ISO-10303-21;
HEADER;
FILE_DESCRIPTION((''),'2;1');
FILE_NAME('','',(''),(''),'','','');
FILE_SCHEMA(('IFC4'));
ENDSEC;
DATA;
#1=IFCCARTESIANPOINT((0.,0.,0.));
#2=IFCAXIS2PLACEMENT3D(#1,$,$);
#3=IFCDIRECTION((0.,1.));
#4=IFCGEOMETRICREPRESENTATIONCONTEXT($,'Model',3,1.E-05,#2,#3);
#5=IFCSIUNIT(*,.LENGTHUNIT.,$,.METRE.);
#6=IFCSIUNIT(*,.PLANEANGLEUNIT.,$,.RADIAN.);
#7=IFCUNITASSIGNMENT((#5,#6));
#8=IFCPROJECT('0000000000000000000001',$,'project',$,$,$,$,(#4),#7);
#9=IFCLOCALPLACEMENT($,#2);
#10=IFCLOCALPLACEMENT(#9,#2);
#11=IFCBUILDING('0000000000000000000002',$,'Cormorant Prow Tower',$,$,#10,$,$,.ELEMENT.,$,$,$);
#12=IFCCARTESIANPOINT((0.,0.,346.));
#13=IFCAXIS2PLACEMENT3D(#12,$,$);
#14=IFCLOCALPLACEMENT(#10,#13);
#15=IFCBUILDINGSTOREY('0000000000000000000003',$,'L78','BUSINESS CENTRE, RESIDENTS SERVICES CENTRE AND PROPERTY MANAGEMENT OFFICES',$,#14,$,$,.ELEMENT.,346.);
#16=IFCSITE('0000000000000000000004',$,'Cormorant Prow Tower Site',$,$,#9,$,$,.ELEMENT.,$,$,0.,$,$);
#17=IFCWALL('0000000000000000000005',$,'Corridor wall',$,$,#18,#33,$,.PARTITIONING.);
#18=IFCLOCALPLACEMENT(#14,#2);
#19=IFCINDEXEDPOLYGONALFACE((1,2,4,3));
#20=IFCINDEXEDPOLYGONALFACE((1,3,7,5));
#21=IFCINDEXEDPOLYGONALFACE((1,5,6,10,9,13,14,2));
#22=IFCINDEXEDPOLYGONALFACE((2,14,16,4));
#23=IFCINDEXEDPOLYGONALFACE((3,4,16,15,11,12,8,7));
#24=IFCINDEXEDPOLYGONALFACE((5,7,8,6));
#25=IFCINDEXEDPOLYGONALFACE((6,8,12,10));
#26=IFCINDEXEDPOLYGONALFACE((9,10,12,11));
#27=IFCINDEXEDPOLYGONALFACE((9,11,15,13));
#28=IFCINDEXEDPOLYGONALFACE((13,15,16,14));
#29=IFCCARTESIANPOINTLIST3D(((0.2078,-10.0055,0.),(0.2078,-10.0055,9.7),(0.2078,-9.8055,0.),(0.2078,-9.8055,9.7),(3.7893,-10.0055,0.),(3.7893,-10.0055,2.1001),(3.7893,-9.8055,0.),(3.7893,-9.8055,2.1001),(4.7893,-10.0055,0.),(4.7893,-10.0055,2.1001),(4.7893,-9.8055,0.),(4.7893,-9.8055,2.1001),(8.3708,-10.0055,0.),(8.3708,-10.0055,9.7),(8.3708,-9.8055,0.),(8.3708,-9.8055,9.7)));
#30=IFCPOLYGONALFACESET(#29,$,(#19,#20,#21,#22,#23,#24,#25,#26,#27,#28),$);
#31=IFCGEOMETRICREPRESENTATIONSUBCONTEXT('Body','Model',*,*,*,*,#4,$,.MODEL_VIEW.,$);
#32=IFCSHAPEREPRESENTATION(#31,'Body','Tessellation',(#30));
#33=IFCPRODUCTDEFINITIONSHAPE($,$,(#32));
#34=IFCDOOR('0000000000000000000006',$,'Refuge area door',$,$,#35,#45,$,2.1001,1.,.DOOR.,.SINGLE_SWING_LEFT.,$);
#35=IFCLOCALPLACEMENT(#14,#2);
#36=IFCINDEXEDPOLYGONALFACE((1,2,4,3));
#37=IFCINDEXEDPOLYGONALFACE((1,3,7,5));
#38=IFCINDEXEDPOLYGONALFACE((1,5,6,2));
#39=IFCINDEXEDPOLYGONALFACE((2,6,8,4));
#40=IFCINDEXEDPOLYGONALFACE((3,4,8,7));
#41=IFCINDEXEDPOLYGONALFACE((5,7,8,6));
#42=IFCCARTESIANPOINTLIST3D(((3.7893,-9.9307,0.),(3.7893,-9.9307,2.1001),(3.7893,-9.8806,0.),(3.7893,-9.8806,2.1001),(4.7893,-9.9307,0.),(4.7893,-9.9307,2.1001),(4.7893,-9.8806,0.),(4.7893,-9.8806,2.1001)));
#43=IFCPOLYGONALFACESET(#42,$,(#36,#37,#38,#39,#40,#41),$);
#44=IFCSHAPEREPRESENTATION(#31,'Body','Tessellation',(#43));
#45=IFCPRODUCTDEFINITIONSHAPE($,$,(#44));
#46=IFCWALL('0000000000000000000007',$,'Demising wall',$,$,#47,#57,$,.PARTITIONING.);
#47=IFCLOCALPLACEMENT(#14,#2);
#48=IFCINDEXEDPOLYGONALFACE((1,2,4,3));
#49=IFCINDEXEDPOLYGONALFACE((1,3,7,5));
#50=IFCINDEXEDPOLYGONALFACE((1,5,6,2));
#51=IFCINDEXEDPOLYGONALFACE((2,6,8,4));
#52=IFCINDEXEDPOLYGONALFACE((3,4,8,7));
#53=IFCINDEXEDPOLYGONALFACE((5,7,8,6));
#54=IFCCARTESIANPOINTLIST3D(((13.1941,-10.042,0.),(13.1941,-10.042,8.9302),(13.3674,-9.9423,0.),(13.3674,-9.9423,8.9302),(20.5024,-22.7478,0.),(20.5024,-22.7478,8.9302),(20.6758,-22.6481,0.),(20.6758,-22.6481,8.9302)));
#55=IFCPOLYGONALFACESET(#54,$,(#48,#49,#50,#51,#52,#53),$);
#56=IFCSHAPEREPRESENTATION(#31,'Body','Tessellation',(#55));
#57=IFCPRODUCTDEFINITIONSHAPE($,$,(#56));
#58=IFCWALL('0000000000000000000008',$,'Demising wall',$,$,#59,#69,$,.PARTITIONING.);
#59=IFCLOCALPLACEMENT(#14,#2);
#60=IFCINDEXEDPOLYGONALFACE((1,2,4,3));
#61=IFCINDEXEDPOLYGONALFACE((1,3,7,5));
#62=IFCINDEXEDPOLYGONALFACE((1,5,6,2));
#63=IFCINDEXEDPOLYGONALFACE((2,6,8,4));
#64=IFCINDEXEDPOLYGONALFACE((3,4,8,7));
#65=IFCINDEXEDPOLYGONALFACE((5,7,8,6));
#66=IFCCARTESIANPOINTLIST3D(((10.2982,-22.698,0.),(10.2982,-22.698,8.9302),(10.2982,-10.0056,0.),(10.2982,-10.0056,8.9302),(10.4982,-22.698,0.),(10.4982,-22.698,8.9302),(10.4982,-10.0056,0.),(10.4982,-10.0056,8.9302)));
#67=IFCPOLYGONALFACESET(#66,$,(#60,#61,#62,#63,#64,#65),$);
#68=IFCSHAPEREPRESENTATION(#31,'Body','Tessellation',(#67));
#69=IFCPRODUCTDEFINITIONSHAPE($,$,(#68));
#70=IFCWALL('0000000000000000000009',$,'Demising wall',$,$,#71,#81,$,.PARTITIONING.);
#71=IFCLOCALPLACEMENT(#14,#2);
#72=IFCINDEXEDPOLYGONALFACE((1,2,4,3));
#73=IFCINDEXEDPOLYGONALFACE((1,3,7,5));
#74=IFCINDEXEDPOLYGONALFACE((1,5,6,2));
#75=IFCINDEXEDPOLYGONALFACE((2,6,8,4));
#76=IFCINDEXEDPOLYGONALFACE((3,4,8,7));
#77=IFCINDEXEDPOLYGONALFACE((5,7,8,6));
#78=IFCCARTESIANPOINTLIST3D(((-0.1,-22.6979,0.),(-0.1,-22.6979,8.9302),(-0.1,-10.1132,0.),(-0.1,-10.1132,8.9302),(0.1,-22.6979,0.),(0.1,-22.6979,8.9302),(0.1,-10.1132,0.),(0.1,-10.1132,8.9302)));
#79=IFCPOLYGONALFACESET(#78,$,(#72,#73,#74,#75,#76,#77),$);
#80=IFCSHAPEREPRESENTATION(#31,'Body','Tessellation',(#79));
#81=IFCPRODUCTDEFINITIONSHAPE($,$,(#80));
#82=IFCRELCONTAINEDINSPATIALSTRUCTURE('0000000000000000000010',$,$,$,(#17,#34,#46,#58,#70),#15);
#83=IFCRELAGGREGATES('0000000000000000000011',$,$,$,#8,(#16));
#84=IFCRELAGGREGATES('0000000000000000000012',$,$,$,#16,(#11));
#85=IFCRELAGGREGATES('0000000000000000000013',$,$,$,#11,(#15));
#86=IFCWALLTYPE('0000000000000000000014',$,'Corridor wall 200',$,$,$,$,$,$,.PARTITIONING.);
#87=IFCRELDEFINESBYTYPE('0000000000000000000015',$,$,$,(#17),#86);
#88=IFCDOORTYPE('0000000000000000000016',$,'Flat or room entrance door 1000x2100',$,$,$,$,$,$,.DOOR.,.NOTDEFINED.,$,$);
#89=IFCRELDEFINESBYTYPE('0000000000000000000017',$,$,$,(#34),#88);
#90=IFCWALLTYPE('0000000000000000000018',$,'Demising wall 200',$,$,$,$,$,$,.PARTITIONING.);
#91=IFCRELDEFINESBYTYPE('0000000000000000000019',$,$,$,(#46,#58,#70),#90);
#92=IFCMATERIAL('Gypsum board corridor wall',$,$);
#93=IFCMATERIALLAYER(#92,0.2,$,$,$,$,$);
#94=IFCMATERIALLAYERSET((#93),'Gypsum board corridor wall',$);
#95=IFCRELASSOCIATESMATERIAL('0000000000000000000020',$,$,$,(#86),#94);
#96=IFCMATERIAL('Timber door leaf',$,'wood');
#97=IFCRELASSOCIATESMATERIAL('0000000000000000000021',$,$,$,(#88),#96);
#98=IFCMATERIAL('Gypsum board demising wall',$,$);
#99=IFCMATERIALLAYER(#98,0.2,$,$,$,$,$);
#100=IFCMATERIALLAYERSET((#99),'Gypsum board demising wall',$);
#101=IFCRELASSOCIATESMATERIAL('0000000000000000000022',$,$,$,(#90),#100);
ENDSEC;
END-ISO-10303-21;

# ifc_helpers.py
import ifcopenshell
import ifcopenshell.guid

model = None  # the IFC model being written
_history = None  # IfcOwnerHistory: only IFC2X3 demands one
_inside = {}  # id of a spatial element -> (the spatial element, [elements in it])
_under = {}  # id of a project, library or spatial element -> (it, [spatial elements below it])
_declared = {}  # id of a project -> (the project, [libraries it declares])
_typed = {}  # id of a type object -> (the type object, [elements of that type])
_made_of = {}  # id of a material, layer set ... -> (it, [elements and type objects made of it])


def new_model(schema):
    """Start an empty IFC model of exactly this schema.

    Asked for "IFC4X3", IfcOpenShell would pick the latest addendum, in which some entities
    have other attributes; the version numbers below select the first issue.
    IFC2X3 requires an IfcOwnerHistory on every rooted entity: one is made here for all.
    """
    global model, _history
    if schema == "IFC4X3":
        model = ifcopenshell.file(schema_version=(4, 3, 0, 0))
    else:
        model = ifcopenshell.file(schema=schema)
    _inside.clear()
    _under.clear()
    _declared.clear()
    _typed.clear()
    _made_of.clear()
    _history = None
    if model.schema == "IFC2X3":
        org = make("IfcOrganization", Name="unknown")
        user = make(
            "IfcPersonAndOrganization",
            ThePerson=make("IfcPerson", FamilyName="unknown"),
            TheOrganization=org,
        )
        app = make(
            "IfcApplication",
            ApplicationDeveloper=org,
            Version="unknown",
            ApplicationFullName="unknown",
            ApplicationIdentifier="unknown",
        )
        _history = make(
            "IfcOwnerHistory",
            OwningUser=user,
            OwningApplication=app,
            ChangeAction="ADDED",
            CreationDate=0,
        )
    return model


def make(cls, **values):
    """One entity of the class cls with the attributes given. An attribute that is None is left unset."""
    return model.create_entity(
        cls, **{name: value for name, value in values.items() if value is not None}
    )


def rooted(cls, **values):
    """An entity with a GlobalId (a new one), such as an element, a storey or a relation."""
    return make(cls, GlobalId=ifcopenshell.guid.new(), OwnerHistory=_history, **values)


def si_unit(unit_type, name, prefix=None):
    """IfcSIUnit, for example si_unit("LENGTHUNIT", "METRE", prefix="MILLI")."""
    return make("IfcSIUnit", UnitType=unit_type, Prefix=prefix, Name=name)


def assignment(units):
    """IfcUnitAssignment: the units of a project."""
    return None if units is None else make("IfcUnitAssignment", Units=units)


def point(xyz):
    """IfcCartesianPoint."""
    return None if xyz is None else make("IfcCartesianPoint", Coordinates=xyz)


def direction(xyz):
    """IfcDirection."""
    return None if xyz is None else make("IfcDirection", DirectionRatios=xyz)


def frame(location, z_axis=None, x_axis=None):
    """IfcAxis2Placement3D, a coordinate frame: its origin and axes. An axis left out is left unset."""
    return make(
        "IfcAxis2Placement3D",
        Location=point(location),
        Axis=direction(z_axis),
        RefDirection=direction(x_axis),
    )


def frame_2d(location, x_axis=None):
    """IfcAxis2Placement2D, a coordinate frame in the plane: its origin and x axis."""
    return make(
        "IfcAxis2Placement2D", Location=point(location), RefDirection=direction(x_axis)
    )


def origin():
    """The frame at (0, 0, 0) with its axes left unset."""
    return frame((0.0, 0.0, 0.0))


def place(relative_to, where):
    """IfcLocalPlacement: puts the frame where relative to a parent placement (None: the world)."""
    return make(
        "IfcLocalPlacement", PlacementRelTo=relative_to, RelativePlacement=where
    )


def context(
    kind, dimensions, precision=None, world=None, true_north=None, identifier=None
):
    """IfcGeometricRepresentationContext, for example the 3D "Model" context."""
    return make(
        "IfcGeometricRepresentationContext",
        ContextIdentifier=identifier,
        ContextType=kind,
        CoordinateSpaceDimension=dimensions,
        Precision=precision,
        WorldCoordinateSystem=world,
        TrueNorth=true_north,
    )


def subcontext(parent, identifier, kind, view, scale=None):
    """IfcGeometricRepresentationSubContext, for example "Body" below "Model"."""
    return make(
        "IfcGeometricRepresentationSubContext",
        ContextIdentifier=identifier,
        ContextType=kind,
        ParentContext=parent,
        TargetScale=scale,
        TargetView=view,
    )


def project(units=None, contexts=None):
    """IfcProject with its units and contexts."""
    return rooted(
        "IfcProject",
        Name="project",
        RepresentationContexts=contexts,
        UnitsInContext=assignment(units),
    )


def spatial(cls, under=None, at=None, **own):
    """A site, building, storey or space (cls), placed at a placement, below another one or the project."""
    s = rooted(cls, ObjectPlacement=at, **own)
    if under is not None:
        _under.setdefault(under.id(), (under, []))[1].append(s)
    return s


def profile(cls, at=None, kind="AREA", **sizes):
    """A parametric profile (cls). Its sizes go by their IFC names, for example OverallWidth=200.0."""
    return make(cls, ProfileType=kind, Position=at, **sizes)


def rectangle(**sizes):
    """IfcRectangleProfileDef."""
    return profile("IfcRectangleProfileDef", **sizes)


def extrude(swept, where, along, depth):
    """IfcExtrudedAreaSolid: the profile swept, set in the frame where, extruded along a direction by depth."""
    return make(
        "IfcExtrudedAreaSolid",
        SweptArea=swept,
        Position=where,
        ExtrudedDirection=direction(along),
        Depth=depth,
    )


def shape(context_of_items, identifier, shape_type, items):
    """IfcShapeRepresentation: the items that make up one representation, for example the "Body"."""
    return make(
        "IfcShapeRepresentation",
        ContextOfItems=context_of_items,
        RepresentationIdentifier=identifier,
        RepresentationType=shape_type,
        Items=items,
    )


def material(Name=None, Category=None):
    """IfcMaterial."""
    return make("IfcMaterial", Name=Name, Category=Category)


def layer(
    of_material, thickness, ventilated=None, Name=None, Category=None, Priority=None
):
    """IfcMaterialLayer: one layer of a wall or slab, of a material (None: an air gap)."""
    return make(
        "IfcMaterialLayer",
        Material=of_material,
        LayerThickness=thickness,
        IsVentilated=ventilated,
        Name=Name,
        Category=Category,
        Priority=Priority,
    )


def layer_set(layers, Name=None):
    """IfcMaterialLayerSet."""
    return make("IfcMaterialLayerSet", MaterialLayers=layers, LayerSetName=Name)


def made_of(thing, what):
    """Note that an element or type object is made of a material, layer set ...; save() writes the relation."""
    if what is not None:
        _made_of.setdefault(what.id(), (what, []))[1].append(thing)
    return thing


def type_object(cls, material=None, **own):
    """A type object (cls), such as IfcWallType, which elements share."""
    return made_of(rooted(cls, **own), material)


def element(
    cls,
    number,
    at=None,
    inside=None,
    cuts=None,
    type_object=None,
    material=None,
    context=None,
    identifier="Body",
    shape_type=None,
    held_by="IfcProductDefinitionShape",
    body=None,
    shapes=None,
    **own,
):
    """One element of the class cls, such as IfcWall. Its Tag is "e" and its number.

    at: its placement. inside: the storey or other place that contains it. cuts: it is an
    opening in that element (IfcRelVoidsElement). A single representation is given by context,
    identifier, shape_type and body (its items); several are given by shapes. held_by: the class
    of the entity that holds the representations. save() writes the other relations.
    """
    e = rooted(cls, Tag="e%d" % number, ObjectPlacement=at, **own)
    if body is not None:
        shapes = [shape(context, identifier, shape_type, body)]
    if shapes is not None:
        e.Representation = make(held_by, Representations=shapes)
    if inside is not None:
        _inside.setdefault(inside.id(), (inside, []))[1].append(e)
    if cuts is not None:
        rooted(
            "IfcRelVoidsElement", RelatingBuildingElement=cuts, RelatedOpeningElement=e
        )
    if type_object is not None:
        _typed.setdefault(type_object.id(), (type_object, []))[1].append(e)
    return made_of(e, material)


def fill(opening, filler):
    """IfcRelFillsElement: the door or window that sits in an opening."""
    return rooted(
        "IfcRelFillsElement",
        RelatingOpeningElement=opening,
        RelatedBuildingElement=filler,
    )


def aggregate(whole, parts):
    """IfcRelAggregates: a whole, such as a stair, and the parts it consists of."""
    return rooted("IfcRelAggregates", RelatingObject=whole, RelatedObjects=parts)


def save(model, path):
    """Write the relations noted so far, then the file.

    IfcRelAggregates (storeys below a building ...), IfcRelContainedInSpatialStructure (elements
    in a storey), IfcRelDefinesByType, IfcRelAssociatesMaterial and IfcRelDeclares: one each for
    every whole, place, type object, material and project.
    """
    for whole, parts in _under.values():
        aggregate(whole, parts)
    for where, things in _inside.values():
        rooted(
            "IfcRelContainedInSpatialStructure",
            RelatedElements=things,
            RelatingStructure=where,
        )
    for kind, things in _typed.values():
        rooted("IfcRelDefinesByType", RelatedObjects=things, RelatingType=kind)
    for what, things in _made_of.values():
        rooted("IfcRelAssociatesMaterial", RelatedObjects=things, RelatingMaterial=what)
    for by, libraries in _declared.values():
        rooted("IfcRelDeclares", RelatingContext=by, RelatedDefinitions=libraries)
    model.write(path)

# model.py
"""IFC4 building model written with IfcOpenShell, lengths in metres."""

from ifc_helpers import new_model, si_unit, direction, frame, frame_2d, origin, place, context, subcontext, project, spatial, rectangle, extrude, material, layer, layer_set, type_object, element, fill, save


model = new_model("IFC4")

# Units and contexts
model_context = context("Model", 3, precision=1e-05, world=origin(), true_north=direction((0.0, 1.0)))
body_context = subcontext(model_context, "Body", "Model", "MODEL_VIEW")
ifc_project = project(units=[si_unit("LENGTHUNIT", "METRE"), si_unit("PLANEANGLEUNIT", "RADIAN")], contexts=[model_context])

# Site, building, storey
site_placement = place(None, origin())
site = spatial("IfcSite", under=ifc_project, at=site_placement, Name="Cormorant Prow Tower Site", CompositionType="ELEMENT", RefElevation=0.0)
building_placement = place(site_placement, origin())
building = spatial("IfcBuilding", under=site, at=building_placement, Name="Cormorant Prow Tower", CompositionType="ELEMENT")
storey_placement = place(building_placement, frame((0.0, 0.0, 346.0)))
storey = spatial("IfcBuildingStorey", under=building, at=storey_placement, Name="L78", Description="BUSINESS CENTRE, RESIDENTS SERVICES CENTRE AND PROPERTY MANAGEMENT OFFICES", CompositionType="ELEMENT", Elevation=346.0)

# Wall, opening, door
ifc_material_1 = material(Name="Gypsum board corridor wall")
ifc_layer_1 = layer(ifc_material_1, 0.2)
ifc_layer_set_1 = layer_set([ifc_layer_1], Name="Gypsum board corridor wall")
wall_type_1 = type_object("IfcWallType", Name="Corridor wall 200", PredefinedType="PARTITIONING", material=ifc_layer_set_1)
wall_1_placement = place(storey_placement, frame((0.2078, -9.9055, 0.0), z_axis=(0.0, 0.0, 1.0), x_axis=(1.0, 0.0, 0.0)))
wall_1 = element("IfcWall", 1, at=wall_1_placement, inside=storey, type_object=wall_type_1, Name="Corridor wall", PredefinedType="PARTITIONING", context=body_context, shape_type="SweptSolid", body=[
    extrude(rectangle(XDim=8.1631, YDim=0.2, at=frame_2d((4.0815, 0.0))), origin(), (0.0, 0.0, 1.0), 9.7),
])
opening_placement = place(wall_1_placement, frame((3.5815, 0.0, 0.0)))
opening = element("IfcOpeningElement", 2, at=opening_placement, cuts=wall_1, PredefinedType="OPENING", context=body_context, shape_type="SweptSolid", body=[
    extrude(rectangle(XDim=1.0, YDim=2.1001, at=frame_2d((0.5, 1.05))), frame((0.0, 0.1099, 0.0), z_axis=(0.0, -1.0, 0.0), x_axis=(1.0, 0.0, 0.0)), (0.0, 0.0, 1.0), 0.22),
])
ifc_material_2 = material(Name="Timber door leaf", Category="wood")
door_type = type_object("IfcDoorType", Name="Flat or room entrance door 1000x2100", OperationType="NOTDEFINED", PredefinedType="DOOR", material=ifc_material_2)
door_placement = place(opening_placement, origin())
door = element("IfcDoor", 3, at=door_placement, inside=storey, type_object=door_type, Name="Refuge area door", OperationType="SINGLE_SWING_LEFT", OverallHeight=2.1001, OverallWidth=1.0, PredefinedType="DOOR", context=body_context, shape_type="SweptSolid", body=[
    extrude(rectangle(XDim=1.0, YDim=2.1001, at=frame_2d((0.5, 1.05))), frame((0.0, 0.0249, 0.0), z_axis=(0.0, -1.0, 0.0), x_axis=(1.0, 0.0, 0.0)), (0.0, 0.0, 1.0), 0.05),
])
fill(opening, door)

# Walls
ifc_material_3 = material(Name="Gypsum board demising wall")
ifc_layer_2 = layer(ifc_material_3, 0.2)
ifc_layer_set_2 = layer_set([ifc_layer_2], Name="Gypsum board demising wall")
wall_type_2 = type_object("IfcWallType", Name="Demising wall 200", PredefinedType="PARTITIONING", material=ifc_layer_set_2)
wall_2_placement = place(storey_placement, frame((13.2808, -9.9922, 0.0), z_axis=(0.0, 0.0, 1.0), x_axis=(0.4986, -0.866832, 0.0)))
element("IfcWall", 4, at=wall_2_placement, inside=storey, type_object=wall_type_2, Name="Demising wall", PredefinedType="PARTITIONING", context=body_context, shape_type="SweptSolid", body=[
    extrude(rectangle(XDim=14.6577, YDim=0.2, at=frame_2d((7.3289, 0.0))), origin(), (0.0, 0.0, 1.0), 8.9302),
])
wall_3_placement = place(storey_placement, frame((10.3982, -22.698, 0.0), z_axis=(0.0, 0.0, 1.0), x_axis=(0.0, 1.0, 0.0)))
element("IfcWall", 5, at=wall_3_placement, inside=storey, type_object=wall_type_2, Name="Demising wall", PredefinedType="PARTITIONING", context=body_context, shape_type="SweptSolid", body=[
    extrude(rectangle(XDim=12.6924, YDim=0.2, at=frame_2d((6.3462, 0.0))), origin(), (0.0, 0.0, 1.0), 8.9302),
])
wall_4_placement = place(storey_placement, frame((0.0, -22.698, 0.0), z_axis=(0.0, 0.0, 1.0), x_axis=(0.0, 1.0, 0.0)))
element("IfcWall", 6, at=wall_4_placement, inside=storey, type_object=wall_type_2, Name="Demising wall", PredefinedType="PARTITIONING", context=body_context, shape_type="SweptSolid", body=[
    extrude(rectangle(XDim=12.5847, YDim=0.2, at=frame_2d((6.2925, 0.0))), origin(), (0.0, 0.0, 1.0), 8.9302),
])

save(model, "model.ifc")
